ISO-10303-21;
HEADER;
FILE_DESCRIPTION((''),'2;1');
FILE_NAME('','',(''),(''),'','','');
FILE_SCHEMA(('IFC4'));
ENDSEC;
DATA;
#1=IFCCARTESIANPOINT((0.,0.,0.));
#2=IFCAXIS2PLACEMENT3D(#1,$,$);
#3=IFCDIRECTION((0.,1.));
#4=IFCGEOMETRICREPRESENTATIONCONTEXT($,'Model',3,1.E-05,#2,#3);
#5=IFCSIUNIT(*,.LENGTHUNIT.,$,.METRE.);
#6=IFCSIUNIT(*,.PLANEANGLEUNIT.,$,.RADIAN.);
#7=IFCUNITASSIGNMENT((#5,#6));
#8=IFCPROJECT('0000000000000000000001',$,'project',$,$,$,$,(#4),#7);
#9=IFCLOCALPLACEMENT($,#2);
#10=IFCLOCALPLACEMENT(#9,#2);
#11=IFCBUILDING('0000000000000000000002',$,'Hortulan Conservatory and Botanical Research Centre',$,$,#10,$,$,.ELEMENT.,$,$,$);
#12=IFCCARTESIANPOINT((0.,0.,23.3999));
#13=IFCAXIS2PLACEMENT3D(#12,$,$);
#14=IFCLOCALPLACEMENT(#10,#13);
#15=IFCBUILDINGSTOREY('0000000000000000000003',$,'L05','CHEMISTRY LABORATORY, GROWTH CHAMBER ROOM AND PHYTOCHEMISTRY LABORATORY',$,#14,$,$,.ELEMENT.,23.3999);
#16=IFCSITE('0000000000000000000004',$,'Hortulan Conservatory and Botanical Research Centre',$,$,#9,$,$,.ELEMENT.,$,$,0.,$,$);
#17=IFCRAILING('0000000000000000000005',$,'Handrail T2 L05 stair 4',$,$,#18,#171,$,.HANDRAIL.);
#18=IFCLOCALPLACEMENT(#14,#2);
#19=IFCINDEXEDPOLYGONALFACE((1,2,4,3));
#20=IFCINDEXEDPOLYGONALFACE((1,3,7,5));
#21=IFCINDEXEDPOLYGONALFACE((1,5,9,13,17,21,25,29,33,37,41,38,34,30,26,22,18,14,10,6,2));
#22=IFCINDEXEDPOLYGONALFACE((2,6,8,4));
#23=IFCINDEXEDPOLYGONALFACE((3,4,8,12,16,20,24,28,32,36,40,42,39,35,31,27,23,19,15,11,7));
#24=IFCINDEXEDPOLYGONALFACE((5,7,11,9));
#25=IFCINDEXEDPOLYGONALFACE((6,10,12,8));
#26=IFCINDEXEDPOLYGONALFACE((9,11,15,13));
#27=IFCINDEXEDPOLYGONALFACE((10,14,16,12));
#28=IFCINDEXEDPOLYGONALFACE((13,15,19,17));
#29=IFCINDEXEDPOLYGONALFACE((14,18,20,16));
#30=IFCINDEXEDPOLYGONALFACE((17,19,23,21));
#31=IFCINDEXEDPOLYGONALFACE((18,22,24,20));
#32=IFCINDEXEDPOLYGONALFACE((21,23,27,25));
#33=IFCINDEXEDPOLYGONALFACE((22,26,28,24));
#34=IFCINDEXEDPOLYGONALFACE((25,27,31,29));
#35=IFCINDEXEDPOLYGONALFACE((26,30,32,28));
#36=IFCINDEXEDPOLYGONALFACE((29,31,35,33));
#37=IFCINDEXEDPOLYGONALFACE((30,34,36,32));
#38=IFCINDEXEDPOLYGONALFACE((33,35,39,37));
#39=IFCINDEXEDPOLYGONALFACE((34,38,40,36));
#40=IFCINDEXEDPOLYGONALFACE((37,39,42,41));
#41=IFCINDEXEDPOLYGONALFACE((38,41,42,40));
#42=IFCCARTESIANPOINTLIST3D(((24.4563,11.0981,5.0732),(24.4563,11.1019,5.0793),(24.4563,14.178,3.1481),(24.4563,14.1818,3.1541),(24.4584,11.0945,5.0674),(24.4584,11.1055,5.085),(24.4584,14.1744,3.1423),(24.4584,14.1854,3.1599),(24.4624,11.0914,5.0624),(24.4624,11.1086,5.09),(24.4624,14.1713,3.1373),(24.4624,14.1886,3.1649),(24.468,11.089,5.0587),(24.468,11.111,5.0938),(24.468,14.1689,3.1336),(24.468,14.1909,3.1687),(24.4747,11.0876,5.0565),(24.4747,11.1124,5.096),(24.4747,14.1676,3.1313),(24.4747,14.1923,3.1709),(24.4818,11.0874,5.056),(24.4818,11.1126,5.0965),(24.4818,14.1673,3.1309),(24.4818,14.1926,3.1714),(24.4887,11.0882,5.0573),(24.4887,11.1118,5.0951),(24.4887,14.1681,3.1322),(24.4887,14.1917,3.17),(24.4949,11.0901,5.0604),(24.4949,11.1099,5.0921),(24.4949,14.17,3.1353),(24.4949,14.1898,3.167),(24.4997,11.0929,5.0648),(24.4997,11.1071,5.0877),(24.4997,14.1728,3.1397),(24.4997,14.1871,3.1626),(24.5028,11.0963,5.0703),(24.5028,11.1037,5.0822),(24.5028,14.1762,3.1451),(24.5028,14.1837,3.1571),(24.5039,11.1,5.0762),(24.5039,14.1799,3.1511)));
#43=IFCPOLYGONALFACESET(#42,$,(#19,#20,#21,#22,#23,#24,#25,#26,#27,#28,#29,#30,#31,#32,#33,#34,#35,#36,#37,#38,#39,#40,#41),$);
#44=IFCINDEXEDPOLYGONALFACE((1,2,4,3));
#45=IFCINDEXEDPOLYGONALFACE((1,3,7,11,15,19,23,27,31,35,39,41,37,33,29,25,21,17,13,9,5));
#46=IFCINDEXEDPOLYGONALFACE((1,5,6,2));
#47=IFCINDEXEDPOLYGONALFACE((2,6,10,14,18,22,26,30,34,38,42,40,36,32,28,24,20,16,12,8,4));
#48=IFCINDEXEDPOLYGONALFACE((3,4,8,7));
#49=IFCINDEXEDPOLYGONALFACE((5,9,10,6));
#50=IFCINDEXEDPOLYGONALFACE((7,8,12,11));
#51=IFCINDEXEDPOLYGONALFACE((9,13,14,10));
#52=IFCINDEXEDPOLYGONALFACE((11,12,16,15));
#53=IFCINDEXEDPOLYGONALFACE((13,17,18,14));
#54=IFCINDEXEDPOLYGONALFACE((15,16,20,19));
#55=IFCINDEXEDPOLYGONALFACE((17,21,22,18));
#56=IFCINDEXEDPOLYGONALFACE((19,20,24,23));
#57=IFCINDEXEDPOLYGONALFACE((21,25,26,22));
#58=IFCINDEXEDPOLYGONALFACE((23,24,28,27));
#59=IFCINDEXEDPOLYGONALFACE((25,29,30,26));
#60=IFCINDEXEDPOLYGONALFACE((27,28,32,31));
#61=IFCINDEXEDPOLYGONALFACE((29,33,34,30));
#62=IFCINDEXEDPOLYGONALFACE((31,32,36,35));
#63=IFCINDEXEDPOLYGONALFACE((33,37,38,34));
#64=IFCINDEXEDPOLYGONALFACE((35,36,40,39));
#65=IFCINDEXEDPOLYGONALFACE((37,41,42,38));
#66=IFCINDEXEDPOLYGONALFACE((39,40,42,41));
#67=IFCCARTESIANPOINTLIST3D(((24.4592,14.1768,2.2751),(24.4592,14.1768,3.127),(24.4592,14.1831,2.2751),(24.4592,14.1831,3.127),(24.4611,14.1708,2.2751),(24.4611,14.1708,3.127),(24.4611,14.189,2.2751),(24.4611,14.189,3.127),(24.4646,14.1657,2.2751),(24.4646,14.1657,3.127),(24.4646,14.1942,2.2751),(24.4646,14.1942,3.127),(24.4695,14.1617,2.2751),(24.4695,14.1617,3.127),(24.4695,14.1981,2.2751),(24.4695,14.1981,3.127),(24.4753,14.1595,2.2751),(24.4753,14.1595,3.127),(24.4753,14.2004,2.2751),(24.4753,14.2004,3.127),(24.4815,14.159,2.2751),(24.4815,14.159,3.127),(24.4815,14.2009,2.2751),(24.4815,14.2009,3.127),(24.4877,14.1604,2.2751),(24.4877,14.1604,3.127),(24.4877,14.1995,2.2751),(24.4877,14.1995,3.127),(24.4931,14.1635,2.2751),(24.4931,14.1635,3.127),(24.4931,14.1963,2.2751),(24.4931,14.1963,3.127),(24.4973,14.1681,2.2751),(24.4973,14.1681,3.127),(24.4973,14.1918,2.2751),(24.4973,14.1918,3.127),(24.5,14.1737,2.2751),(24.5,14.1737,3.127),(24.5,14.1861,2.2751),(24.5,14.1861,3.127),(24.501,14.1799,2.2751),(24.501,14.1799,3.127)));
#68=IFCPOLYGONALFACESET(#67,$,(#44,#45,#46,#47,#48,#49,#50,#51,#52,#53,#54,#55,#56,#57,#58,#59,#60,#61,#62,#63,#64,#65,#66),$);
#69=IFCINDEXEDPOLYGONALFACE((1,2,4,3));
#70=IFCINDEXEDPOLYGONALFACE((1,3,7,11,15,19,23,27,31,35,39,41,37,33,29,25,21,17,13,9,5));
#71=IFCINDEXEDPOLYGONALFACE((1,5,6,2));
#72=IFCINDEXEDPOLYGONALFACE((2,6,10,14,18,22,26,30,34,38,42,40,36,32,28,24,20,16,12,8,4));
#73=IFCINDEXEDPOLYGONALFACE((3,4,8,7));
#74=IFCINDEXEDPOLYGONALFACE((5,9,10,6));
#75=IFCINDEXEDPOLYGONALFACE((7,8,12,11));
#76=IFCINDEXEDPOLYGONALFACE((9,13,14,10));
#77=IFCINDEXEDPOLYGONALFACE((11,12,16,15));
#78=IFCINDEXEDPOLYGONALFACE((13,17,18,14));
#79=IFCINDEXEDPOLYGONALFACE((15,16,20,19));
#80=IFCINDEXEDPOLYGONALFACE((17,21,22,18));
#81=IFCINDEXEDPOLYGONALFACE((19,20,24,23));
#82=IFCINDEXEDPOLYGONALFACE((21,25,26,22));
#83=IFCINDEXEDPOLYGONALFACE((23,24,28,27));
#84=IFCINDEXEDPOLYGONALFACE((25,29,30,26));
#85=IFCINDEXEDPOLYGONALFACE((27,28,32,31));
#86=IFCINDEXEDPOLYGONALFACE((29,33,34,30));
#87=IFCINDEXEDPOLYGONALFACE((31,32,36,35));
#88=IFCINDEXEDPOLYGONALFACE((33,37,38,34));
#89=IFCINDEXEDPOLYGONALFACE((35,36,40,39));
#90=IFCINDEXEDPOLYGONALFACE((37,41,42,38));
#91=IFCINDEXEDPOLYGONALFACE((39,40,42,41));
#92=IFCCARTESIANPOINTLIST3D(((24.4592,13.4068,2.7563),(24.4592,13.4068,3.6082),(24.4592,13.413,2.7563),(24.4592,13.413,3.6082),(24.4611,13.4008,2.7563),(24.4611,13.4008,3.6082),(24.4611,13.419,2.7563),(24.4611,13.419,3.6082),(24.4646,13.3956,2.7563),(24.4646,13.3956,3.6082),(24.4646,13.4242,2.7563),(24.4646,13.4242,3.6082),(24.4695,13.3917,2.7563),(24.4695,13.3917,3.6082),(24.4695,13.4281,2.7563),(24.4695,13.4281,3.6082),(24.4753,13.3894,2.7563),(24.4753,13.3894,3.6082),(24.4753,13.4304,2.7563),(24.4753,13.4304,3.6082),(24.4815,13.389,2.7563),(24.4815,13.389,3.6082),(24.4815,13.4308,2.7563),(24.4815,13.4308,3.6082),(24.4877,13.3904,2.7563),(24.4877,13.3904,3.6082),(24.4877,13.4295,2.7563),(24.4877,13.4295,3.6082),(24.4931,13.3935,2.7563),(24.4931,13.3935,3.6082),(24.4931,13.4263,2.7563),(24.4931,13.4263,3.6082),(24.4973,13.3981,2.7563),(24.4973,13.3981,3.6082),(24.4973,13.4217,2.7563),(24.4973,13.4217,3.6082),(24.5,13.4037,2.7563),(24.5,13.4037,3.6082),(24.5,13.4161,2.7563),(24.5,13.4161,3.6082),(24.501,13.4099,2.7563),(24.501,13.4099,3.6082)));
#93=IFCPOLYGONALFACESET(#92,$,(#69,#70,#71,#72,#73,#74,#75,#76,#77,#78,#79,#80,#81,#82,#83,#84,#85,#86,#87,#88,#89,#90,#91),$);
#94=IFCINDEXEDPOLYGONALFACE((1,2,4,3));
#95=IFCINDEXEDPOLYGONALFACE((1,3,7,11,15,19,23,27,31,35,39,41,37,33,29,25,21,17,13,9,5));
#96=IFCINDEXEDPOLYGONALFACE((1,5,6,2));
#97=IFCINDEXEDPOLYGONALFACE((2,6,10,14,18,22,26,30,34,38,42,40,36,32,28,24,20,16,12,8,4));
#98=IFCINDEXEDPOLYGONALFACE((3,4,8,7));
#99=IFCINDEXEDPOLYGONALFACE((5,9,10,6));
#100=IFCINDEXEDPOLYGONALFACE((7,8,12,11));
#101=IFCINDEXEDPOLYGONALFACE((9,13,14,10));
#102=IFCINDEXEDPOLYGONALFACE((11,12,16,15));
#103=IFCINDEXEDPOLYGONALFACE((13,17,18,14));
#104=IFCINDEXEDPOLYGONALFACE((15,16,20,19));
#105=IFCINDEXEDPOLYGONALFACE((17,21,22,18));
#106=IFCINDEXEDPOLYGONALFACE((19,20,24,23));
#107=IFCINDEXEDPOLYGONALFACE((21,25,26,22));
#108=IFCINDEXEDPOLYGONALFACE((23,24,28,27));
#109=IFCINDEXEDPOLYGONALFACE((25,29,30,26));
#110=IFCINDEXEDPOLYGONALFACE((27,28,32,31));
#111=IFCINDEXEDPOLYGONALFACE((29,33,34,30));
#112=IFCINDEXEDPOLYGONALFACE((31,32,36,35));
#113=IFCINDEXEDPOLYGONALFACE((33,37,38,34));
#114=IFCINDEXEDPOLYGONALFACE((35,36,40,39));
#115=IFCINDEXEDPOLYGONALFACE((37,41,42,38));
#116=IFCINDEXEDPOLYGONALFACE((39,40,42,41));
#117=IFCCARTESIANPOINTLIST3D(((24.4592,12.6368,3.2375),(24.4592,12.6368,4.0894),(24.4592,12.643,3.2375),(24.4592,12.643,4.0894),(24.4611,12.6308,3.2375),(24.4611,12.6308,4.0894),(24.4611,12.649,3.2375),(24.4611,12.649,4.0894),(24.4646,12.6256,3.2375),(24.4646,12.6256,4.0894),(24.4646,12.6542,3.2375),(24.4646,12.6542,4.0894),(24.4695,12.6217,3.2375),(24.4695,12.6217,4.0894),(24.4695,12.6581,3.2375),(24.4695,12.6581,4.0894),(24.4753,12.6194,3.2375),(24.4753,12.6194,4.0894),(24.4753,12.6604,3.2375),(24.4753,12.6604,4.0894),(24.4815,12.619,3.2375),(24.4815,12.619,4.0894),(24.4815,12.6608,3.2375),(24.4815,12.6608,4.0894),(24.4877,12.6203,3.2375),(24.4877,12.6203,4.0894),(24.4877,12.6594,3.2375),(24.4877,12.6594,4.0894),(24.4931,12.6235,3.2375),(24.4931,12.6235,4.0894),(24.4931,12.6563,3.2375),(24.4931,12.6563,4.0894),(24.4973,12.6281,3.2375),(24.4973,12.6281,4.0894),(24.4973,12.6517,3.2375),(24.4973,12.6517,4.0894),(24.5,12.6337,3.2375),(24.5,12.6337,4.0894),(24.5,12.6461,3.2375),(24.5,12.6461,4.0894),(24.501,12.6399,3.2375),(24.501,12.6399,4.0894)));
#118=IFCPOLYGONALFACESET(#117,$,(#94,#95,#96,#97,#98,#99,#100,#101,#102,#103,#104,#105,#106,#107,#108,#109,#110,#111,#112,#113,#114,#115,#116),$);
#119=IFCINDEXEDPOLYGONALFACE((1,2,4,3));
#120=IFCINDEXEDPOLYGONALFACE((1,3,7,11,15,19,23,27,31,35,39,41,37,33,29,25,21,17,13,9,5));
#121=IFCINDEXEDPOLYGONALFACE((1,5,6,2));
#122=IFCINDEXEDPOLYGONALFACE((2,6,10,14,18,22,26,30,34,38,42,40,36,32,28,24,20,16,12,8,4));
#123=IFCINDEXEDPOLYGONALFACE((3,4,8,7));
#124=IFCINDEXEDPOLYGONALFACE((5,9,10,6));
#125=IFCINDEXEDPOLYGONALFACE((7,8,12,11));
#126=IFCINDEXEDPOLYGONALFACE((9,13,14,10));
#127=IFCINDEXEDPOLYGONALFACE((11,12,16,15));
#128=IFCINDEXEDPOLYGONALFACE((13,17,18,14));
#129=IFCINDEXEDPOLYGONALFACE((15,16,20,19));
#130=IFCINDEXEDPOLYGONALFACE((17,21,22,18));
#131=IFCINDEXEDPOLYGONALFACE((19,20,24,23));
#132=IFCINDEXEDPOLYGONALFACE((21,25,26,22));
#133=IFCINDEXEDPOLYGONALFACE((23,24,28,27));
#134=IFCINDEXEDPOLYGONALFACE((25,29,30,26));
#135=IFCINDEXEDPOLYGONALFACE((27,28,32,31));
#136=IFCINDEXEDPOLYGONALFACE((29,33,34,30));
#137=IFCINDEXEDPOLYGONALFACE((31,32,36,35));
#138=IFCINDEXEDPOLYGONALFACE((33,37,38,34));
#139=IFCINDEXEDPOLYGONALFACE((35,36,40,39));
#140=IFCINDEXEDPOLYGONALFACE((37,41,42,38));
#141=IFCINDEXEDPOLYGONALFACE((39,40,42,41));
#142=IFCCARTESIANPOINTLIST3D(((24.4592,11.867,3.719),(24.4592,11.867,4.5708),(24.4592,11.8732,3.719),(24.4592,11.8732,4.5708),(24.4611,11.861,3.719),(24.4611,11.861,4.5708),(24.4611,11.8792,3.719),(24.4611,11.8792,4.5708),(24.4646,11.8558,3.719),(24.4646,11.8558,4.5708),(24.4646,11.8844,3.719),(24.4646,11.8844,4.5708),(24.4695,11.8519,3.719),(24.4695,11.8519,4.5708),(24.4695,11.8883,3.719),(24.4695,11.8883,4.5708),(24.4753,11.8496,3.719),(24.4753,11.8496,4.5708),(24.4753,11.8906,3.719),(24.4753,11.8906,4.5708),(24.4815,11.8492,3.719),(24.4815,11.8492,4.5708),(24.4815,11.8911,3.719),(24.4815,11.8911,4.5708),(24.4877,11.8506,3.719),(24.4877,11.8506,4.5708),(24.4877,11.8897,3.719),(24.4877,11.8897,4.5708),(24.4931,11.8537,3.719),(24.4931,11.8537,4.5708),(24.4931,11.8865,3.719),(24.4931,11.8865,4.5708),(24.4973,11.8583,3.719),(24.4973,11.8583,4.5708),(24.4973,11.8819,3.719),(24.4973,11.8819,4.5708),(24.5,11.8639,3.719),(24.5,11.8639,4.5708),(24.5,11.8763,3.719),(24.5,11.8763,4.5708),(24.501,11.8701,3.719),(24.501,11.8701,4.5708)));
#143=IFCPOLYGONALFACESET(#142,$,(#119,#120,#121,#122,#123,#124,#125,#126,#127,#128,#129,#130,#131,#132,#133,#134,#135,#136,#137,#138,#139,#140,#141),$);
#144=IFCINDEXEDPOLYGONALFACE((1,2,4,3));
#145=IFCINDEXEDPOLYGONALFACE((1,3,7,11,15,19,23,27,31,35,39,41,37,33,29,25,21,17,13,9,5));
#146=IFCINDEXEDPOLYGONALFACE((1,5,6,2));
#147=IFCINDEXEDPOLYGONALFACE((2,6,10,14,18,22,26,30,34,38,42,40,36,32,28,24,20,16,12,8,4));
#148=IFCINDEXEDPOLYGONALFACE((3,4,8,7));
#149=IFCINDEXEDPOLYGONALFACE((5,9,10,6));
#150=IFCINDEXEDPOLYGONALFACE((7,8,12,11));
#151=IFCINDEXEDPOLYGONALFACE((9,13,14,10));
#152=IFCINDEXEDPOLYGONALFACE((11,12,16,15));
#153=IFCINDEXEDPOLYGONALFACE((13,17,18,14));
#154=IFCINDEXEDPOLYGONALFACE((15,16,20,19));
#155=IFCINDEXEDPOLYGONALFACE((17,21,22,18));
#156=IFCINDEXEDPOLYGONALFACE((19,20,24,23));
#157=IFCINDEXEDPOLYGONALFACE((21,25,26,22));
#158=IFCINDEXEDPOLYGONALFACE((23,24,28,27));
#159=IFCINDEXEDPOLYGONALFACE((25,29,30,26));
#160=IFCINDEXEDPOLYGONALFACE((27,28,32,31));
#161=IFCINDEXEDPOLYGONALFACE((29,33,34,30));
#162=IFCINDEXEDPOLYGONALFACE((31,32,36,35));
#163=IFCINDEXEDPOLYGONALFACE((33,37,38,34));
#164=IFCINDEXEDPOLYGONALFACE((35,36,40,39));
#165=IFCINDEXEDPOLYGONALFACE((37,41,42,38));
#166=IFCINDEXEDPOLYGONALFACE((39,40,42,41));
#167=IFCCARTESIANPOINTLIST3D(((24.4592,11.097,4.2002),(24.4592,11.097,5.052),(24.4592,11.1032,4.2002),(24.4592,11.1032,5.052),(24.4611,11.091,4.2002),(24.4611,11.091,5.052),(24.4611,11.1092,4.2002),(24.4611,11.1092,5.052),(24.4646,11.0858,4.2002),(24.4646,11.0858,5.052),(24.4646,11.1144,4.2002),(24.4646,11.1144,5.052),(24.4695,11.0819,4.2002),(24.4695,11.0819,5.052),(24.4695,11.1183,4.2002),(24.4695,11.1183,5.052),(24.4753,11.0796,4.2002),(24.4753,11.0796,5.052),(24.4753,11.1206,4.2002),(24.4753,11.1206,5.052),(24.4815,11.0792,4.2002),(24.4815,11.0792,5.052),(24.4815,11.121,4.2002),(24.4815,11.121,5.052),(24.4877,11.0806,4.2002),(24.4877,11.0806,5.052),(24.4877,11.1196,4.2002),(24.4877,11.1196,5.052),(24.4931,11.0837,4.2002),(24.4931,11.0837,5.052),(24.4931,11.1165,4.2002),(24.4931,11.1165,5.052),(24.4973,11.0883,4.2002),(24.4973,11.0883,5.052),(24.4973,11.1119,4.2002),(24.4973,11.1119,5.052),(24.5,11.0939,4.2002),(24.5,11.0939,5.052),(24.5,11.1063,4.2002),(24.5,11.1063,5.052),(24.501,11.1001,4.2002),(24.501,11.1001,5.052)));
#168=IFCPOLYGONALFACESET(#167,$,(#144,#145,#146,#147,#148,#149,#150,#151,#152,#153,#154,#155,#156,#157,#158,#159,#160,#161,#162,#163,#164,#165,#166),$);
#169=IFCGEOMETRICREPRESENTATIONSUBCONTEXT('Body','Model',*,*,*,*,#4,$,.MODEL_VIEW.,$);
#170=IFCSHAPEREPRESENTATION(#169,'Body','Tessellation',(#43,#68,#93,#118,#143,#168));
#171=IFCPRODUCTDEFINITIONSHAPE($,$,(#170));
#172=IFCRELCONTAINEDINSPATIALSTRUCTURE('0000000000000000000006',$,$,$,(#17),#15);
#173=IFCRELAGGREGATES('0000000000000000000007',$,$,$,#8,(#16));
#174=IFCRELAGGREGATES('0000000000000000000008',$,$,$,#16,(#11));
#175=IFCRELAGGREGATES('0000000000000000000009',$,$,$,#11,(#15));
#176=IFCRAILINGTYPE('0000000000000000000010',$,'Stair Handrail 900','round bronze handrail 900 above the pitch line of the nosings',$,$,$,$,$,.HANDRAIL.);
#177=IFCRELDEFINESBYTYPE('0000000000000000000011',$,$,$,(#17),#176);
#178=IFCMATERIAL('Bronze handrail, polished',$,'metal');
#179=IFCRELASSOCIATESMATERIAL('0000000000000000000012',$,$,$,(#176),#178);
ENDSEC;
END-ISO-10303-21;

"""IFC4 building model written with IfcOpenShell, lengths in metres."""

from ifc_helpers import new_model, si_unit, direction, frame, origin, origin_2d, place, context, subcontext, project, spatial, circle, extrude, material, type_object, element, save


model = new_model("IFC4")

# Units and contexts
model_context = context("Model", 3, precision=1e-05, world=origin(), true_north=direction((0.0, 1.0)))
body_context = subcontext(model_context, "Body", "Model", "MODEL_VIEW")
ifc_project = project(units=[si_unit("LENGTHUNIT", "METRE"), si_unit("PLANEANGLEUNIT", "RADIAN")], contexts=[model_context])

# Site, building, storey
site_placement = place(None, origin())
site = spatial("IfcSite", under=ifc_project, at=site_placement, Name="Hortulan Conservatory and Botanical Research Centre", CompositionType="ELEMENT", RefElevation=0.0)
building_placement = place(site_placement, origin())
building = spatial("IfcBuilding", under=site, at=building_placement, Name="Hortulan Conservatory and Botanical Research Centre", CompositionType="ELEMENT")
storey_placement = place(building_placement, frame((0.0, 0.0, 23.3999)))
storey = spatial("IfcBuildingStorey", under=building, at=storey_placement, Name="L05", Description="CHEMISTRY LABORATORY, GROWTH CHAMBER ROOM AND PHYTOCHEMISTRY LABORATORY", CompositionType="ELEMENT", Elevation=23.3999)

# Railing
ifc_material_1 = material(Name="Bronze handrail, polished", Category="metal")
railing_type_1 = type_object("IfcRailingType", Name="Stair Handrail 900", Description="round bronze handrail 900 above the pitch line of the nosings", PredefinedType="HANDRAIL", material=ifc_material_1)
railing_1_placement = place(storey_placement, frame((24.48, 14.1799, 2.2751)))
element("IfcRailing", 1, at=railing_1_placement, inside=storey, type_object=railing_type_1, Name="Handrail T2 L05 stair 4", PredefinedType="HANDRAIL", context=body_context, shape_type="SweptSolid", body=[
    extrude(circle(Radius=0.0239, at=origin_2d()), frame((0.0, 0.0, 0.876), z_axis=(0.0, -0.847979, 0.530029), x_axis=(1.0, 0.0, 0.0)), (0.0, 0.0, 1.0), 3.6321),
    extrude(circle(Radius=0.021, at=origin_2d()), origin(), (0.0, 0.0, 1.0), 0.8518),
    extrude(circle(Radius=0.021, at=origin_2d()), frame((0.0, -0.77, 0.4812)), (0.0, 0.0, 1.0), 0.8518),
    extrude(circle(Radius=0.021, at=origin_2d()), frame((0.0, -1.54, 0.9624)), (0.0, 0.0, 1.0), 0.8518),
    extrude(circle(Radius=0.021, at=origin_2d()), frame((0.0, -2.3098, 1.4438)), (0.0, 0.0, 1.0), 0.8518),
    extrude(circle(Radius=0.021, at=origin_2d()), frame((0.0, -3.0798, 1.925)), (0.0, 0.0, 1.0), 0.8518),
])

save(model, "model.ifc")
